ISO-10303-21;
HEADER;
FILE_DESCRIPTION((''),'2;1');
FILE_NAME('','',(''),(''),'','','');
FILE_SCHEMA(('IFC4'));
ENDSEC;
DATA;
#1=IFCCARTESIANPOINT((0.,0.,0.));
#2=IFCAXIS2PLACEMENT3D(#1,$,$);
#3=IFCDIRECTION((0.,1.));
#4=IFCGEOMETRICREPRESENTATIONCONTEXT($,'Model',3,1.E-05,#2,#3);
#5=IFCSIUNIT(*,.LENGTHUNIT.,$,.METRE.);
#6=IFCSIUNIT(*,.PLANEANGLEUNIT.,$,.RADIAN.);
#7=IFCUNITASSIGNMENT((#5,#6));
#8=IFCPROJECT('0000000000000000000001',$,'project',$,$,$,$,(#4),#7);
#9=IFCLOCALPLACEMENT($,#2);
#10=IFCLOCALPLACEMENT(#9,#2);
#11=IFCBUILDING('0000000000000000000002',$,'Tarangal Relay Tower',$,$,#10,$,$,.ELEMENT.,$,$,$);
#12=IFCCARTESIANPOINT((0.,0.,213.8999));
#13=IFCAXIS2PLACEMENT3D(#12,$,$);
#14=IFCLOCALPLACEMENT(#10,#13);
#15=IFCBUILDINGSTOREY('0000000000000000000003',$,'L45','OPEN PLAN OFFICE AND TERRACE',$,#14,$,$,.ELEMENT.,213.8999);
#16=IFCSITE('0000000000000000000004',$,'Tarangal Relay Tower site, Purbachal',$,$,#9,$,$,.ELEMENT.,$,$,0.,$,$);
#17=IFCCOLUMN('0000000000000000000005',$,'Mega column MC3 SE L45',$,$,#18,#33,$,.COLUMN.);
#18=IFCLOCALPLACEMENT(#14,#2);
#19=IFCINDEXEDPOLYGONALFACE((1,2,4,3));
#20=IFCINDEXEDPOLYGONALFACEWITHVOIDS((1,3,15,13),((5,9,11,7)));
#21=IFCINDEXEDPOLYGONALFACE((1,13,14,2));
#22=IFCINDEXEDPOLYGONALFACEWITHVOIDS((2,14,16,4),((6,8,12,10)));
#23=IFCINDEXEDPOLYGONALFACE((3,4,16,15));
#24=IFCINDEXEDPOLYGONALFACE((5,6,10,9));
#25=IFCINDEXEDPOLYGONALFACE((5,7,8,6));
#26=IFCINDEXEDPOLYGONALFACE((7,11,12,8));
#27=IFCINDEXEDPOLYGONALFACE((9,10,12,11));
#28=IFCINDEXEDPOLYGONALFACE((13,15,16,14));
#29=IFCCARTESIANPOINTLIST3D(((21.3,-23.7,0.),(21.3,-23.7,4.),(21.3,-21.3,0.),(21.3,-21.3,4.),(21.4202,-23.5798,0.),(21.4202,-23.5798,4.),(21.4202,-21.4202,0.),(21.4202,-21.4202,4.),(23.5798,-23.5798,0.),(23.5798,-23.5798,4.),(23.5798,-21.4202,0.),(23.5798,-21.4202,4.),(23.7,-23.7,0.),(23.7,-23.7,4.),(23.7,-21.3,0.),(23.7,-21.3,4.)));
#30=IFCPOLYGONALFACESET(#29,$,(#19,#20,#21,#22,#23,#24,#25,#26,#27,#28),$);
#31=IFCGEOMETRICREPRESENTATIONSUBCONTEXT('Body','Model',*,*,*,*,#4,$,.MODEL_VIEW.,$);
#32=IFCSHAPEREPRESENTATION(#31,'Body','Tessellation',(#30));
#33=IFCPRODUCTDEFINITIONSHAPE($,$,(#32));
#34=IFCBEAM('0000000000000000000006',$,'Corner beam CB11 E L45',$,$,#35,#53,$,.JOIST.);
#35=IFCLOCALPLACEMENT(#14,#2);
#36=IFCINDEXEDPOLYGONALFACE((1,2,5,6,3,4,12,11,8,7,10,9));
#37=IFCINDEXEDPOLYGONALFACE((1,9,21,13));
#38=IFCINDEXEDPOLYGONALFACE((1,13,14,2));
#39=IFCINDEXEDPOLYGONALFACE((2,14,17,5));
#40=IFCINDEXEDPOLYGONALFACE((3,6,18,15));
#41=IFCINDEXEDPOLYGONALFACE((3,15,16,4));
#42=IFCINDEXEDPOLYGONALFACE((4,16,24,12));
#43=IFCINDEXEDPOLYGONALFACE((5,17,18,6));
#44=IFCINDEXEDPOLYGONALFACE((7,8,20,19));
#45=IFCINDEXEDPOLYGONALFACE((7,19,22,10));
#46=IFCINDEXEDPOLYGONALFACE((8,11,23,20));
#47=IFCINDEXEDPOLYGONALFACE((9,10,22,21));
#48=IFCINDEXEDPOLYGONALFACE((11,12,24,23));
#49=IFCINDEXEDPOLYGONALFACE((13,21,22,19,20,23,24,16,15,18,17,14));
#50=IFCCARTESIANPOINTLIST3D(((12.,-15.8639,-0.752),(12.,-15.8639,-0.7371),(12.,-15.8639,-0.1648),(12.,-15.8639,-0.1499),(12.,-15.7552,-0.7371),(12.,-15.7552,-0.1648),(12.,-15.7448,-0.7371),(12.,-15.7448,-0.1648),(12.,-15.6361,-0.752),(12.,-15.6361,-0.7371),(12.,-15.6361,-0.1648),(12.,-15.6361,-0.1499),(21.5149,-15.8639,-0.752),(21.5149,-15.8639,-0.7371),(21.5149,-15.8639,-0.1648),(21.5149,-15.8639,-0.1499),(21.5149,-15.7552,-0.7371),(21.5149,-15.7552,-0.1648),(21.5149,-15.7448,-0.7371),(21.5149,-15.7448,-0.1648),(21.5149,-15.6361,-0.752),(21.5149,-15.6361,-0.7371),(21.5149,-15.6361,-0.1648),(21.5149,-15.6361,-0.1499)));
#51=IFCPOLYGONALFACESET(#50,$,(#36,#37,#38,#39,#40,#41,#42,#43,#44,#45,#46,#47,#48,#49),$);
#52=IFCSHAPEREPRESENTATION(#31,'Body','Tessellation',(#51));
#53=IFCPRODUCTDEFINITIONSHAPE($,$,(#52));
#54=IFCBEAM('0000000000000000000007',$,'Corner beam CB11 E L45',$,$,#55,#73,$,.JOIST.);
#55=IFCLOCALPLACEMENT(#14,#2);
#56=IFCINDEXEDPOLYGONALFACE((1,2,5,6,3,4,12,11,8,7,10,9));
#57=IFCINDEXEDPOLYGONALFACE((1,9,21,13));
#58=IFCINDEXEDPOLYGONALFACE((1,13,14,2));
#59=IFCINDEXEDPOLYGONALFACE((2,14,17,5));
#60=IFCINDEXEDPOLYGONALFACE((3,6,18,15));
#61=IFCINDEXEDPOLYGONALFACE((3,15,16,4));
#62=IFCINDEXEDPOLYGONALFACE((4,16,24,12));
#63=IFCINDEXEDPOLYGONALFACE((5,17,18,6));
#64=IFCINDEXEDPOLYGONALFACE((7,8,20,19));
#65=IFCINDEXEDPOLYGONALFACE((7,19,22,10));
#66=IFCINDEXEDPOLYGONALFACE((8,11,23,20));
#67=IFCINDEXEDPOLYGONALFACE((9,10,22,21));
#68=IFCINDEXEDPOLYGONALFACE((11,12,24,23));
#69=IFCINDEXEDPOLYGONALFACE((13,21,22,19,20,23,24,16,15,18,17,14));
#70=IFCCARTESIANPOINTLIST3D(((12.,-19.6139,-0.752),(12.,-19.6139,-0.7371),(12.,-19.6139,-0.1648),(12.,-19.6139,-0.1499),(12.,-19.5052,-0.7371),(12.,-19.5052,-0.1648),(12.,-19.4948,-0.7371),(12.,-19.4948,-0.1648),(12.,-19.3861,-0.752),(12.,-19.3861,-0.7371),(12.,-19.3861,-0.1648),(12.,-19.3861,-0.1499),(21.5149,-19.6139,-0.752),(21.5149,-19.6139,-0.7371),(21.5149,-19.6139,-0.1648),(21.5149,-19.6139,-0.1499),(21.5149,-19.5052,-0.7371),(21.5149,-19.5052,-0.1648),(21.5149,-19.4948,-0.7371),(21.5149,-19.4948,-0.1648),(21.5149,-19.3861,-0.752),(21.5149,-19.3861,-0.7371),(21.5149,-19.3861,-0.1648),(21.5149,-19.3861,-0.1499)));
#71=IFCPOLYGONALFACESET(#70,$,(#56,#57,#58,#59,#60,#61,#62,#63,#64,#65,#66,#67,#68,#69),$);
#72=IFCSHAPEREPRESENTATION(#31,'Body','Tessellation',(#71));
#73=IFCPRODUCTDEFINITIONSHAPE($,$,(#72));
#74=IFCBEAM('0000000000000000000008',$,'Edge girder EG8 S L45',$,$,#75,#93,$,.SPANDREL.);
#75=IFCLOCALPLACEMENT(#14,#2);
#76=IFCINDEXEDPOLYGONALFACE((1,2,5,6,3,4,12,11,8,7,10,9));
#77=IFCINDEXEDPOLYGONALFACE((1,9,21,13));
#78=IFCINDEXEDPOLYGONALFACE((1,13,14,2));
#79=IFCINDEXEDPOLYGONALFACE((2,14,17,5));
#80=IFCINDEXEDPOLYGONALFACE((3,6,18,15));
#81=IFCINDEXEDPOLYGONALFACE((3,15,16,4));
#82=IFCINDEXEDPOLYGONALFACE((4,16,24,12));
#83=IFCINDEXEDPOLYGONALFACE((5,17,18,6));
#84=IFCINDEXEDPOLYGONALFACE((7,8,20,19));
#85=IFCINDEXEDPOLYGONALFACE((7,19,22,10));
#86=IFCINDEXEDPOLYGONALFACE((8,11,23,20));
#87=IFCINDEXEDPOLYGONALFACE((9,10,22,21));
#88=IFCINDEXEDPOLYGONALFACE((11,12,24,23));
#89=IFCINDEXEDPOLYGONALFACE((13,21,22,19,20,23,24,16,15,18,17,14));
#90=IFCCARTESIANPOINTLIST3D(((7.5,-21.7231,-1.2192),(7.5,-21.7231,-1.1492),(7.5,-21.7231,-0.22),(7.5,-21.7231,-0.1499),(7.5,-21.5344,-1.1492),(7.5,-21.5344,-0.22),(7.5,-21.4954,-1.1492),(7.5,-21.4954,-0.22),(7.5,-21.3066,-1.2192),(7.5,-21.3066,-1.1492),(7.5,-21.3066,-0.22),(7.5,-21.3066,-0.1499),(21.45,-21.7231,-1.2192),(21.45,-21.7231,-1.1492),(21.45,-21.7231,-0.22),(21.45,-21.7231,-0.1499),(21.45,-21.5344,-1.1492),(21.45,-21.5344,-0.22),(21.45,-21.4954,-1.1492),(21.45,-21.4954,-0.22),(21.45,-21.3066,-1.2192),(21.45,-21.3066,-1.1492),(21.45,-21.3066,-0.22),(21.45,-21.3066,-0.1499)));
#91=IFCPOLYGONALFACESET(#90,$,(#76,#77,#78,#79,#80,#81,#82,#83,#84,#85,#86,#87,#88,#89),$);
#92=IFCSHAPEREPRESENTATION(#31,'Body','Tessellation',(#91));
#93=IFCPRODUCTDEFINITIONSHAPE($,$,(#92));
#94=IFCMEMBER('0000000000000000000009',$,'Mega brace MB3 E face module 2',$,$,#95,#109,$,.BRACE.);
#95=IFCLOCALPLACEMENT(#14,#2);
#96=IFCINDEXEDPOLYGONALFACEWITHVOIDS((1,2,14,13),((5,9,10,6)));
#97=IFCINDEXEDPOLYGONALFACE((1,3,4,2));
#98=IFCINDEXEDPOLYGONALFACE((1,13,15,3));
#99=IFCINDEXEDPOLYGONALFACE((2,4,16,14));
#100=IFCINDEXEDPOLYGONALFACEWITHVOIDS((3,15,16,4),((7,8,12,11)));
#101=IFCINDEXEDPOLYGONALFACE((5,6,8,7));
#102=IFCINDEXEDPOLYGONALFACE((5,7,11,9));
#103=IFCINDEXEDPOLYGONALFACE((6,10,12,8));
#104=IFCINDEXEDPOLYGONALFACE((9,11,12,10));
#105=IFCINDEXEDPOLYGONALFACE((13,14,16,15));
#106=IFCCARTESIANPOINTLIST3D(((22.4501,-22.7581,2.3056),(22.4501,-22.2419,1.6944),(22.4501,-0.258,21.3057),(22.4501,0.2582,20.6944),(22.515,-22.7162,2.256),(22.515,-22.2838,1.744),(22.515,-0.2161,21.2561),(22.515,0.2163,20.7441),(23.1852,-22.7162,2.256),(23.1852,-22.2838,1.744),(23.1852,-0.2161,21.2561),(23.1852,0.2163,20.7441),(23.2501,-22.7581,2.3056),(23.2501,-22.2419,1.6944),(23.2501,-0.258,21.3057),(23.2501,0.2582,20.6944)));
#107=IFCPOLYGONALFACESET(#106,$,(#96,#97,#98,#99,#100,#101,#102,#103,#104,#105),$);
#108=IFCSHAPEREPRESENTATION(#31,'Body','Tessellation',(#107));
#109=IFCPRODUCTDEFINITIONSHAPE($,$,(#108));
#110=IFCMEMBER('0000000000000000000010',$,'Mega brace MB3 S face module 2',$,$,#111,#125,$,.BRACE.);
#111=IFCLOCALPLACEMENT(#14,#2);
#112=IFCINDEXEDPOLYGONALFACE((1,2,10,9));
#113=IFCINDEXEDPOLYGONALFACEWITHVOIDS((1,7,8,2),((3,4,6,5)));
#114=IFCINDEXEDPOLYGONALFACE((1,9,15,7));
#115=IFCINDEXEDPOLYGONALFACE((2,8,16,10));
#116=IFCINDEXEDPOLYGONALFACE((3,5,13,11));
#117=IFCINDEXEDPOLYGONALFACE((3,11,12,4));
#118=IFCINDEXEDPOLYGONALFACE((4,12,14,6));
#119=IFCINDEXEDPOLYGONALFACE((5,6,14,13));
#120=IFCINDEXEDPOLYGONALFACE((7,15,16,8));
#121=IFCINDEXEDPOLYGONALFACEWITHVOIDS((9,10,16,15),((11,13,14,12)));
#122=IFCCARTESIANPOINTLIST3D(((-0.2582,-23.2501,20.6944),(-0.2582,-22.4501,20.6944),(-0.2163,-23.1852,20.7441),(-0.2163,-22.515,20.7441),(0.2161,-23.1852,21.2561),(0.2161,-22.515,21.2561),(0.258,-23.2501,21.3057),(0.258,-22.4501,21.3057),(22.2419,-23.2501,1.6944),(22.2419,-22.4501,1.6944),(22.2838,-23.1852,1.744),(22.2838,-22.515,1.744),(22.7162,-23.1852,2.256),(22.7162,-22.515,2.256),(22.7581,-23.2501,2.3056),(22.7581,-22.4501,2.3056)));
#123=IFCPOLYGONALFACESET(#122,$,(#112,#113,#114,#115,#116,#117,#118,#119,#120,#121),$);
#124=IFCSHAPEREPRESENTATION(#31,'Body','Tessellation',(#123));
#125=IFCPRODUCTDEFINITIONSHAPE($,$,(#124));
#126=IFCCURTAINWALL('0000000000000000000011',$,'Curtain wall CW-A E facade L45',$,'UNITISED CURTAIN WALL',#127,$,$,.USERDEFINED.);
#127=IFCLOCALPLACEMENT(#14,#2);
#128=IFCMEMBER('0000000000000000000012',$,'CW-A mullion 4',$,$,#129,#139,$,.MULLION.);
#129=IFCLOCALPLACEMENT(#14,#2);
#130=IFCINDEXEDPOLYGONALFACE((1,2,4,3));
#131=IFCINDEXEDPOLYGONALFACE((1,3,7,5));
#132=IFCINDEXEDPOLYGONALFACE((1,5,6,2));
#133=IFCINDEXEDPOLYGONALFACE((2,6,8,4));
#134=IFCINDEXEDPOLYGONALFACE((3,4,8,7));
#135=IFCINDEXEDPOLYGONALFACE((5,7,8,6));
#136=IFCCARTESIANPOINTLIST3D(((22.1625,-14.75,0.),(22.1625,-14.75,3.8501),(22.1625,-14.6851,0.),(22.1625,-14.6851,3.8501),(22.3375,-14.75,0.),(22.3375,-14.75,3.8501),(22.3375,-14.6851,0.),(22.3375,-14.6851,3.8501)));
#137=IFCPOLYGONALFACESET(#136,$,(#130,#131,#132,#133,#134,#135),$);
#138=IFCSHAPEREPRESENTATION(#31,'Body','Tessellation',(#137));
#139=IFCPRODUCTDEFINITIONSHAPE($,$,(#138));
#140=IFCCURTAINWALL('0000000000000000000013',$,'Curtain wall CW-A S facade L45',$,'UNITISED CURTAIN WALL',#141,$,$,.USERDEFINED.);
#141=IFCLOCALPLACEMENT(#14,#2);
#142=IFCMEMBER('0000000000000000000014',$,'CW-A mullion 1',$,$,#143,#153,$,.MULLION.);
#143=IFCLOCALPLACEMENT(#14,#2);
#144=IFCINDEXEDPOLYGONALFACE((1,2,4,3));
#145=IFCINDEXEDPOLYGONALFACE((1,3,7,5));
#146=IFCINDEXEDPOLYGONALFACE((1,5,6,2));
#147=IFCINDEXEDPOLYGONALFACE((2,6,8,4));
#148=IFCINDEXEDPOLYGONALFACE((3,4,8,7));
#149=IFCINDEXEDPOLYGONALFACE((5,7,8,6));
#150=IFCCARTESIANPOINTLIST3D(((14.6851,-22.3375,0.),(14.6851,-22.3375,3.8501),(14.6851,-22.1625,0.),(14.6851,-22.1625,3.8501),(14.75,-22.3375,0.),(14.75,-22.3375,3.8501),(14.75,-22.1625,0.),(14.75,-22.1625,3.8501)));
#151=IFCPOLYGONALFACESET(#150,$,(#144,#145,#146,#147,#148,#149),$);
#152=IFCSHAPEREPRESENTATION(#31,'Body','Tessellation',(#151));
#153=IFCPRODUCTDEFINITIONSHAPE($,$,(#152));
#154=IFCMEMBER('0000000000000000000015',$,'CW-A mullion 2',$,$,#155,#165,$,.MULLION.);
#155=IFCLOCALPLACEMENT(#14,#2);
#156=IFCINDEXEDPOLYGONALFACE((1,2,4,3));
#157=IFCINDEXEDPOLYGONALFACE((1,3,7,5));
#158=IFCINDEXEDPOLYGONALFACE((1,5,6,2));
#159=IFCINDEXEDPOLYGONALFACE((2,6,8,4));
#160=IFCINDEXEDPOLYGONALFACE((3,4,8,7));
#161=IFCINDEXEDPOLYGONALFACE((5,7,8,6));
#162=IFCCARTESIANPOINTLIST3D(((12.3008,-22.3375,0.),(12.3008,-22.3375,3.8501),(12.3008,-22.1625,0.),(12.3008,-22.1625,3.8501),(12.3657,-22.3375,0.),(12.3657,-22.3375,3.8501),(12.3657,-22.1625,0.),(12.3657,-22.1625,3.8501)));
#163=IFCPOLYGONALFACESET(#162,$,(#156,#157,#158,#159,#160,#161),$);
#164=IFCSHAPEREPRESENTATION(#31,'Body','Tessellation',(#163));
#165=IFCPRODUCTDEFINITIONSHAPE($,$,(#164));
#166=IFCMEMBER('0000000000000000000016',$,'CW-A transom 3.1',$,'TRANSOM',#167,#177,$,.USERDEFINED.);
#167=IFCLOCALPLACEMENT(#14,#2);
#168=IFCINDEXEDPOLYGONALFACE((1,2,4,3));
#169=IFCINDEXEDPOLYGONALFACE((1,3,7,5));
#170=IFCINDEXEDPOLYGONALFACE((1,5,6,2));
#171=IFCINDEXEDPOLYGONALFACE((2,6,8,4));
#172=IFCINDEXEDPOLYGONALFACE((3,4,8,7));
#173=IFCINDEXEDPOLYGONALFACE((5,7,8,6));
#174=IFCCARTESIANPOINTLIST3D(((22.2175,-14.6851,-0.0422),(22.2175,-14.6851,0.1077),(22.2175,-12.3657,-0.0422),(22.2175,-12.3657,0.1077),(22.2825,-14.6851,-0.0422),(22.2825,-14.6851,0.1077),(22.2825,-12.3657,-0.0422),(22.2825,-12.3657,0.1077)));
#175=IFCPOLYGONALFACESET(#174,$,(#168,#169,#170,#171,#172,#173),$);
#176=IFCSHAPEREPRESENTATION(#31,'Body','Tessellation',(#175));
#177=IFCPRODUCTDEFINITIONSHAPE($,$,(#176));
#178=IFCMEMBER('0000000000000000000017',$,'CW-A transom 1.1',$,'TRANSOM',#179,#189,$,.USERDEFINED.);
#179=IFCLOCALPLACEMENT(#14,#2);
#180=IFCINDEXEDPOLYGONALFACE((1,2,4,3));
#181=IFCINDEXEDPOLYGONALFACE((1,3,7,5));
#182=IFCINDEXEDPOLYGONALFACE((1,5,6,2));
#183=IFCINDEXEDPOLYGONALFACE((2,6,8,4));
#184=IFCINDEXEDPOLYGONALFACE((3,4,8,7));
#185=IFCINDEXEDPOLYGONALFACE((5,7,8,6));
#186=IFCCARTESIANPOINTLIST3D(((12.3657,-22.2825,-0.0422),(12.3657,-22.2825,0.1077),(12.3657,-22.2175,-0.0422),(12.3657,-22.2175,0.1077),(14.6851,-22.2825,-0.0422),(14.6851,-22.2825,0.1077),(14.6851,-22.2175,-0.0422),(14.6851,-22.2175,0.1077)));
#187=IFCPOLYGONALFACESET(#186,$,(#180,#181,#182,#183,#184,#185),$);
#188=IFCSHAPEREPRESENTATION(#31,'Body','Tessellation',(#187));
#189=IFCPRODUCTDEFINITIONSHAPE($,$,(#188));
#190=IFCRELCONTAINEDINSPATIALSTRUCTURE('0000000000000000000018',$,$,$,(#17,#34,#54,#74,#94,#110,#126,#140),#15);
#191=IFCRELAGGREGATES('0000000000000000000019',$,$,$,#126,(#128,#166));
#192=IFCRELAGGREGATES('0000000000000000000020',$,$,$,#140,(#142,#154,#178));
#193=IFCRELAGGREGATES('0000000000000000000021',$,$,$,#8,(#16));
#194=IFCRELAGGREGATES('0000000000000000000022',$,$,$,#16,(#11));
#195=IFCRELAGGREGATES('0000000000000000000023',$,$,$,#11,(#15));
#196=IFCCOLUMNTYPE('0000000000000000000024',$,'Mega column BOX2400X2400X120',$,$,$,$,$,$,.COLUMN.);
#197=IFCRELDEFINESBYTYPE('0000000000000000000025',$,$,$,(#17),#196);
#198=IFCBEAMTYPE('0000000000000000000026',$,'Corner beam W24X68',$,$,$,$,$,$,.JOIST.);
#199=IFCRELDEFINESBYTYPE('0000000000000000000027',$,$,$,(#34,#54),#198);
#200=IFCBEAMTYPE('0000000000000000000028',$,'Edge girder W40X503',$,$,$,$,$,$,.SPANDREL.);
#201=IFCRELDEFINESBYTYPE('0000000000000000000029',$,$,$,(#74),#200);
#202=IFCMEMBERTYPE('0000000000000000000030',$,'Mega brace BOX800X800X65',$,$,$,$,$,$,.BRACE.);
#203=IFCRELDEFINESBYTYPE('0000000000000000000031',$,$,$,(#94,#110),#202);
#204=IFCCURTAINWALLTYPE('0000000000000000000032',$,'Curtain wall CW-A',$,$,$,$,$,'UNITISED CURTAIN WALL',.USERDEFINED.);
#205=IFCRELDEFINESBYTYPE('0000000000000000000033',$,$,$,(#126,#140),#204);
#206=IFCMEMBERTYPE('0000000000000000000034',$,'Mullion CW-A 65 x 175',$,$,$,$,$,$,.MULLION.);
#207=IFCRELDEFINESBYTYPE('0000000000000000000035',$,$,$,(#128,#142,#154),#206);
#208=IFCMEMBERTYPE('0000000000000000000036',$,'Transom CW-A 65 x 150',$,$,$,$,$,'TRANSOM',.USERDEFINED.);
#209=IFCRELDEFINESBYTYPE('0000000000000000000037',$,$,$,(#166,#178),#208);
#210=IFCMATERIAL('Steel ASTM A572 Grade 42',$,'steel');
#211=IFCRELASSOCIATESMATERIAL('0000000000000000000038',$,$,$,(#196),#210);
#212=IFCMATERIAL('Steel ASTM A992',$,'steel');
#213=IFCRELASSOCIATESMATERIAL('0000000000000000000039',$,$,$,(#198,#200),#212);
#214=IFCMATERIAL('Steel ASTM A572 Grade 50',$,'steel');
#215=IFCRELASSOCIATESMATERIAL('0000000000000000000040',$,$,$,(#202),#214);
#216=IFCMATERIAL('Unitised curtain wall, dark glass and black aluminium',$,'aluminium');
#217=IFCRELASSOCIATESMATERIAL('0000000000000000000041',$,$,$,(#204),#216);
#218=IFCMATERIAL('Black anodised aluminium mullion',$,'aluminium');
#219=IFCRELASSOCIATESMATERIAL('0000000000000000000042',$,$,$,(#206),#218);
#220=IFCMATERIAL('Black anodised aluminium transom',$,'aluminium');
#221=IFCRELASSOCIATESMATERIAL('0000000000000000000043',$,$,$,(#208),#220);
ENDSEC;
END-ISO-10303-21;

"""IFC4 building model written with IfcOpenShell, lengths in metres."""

from ifc_helpers import new_model, si_unit, direction, frame, origin, origin_2d, place, context, subcontext, project, spatial, rectangle, hollow_rectangle, i_section, extrude, material, material_profile, profile_set, type_object, element, aggregate, save


model = new_model("IFC4")

# Units and contexts
model_context = context("Model", 3, precision=1e-05, world=origin(), true_north=direction((0.0, 1.0)))
body_context = subcontext(model_context, "Body", "Model", "MODEL_VIEW")
ifc_project = project(units=[si_unit("LENGTHUNIT", "METRE"), si_unit("PLANEANGLEUNIT", "RADIAN")], contexts=[model_context])

# Site, building, storey
site_placement = place(None, origin())
site = spatial("IfcSite", under=ifc_project, at=site_placement, Name="Tarangal Relay Tower site, Purbachal", CompositionType="ELEMENT", RefElevation=0.0)
building_placement = place(site_placement, origin())
building = spatial("IfcBuilding", under=site, at=building_placement, Name="Tarangal Relay Tower", CompositionType="ELEMENT")
storey_placement = place(building_placement, frame((0.0, 0.0, 213.8999)))
storey = spatial("IfcBuildingStorey", under=building, at=storey_placement, Name="L45", Description="OPEN PLAN OFFICE AND TERRACE", CompositionType="ELEMENT", Elevation=213.8999)

# Column
ifc_material_1 = material(Name="Steel ASTM A572 Grade 42", Category="steel")
ifc_material_profile_1 = material_profile(ifc_material_1, hollow_rectangle(XDim=2.3999, YDim=2.3999, WallThickness=0.1201, at=origin_2d()), Name="BOX2400X2400X120")
ifc_profile_set_1 = profile_set([ifc_material_profile_1], Name="Steel ASTM A572 Grade 42")
column_type = type_object("IfcColumnType", Name="Mega column BOX2400X2400X120", PredefinedType="COLUMN", material=ifc_profile_set_1)
column_placement = place(storey_placement, frame((22.5, -22.5, 0.0), z_axis=(0.0, 0.0, 1.0), x_axis=(1.0, 0.0, 0.0)))
element("IfcColumn", 1, at=column_placement, inside=storey, type_object=column_type, Name="Mega column MC3 SE L45", PredefinedType="COLUMN", context=body_context, shape_type="SweptSolid", body=[
    extrude(hollow_rectangle(XDim=2.3999, YDim=2.3999, WallThickness=0.1201, at=origin_2d()), origin(), (0.0, 0.0, 1.0), 4.0),
])

# Beams
ifc_material_2 = material(Name="Steel ASTM A992", Category="steel")
ifc_material_profile_2 = material_profile(ifc_material_2, i_section(OverallWidth=0.2278, OverallDepth=0.6021, WebThickness=0.0105, FlangeThickness=0.0149, at=origin_2d()), Name="W24X68")
ifc_profile_set_2 = profile_set([ifc_material_profile_2], Name="Steel ASTM A992")
beam_type_1 = type_object("IfcBeamType", Name="Corner beam W24X68", PredefinedType="JOIST", material=ifc_profile_set_2)
for number, where, z_axis, x_axis, name in (
    (2, (12.0, -15.75, -0.4509), (1.0, 0.0, 0.0), (0.0, 1.0, 0.0), "Corner beam CB11 E L45"),
    (3, (12.0, -19.5, -0.4509), (1.0, 0.0, 0.0), (0.0, 1.0, 0.0), "Corner beam CB11 E L45"),
):
    element("IfcBeam", number, at=place(storey_placement, frame(where, z_axis=z_axis, x_axis=x_axis)), inside=storey, type_object=beam_type_1, Name=name, PredefinedType="JOIST", context=body_context, shape_type="SweptSolid", body=[
        extrude(i_section(OverallWidth=0.2278, OverallDepth=0.6021, WebThickness=0.0105, FlangeThickness=0.0149, at=origin_2d()), origin(), (0.0, 0.0, 1.0), 9.5149),
    ])
ifc_material_profile_3 = material_profile(ifc_material_2, i_section(OverallWidth=0.4165, OverallDepth=1.0693, WebThickness=0.0391, FlangeThickness=0.0701, at=origin_2d()), Name="W40X503")
ifc_profile_set_3 = profile_set([ifc_material_profile_3], Name="Steel ASTM A992")
beam_type_2 = type_object("IfcBeamType", Name="Edge girder W40X503", PredefinedType="SPANDREL", material=ifc_profile_set_3)
beam_placement = place(storey_placement, frame((21.45, -21.5149, -0.6846), z_axis=(-1.0, 0.0, 0.0), x_axis=(0.0, -1.0, 0.0)))
element("IfcBeam", 4, at=beam_placement, inside=storey, type_object=beam_type_2, Name="Edge girder EG8 S L45", PredefinedType="SPANDREL", context=body_context, shape_type="SweptSolid", body=[
    extrude(i_section(OverallWidth=0.4165, OverallDepth=1.0693, WebThickness=0.0391, FlangeThickness=0.0701, at=origin_2d()), origin(), (0.0, 0.0, 1.0), 13.95),
])

# Members
ifc_material_3 = material(Name="Steel ASTM A572 Grade 50", Category="steel")
ifc_material_profile_4 = material_profile(ifc_material_3, hollow_rectangle(XDim=0.8, YDim=0.8, WallThickness=0.0649, at=origin_2d()), Name="BOX800X800X65")
ifc_profile_set_4 = profile_set([ifc_material_profile_4], Name="Steel ASTM A572 Grade 50")
member_type_1 = type_object("IfcMemberType", Name="Mega brace BOX800X800X65", PredefinedType="BRACE", material=ifc_profile_set_4)
for number, where, z_axis, x_axis, name in (
    (5, (22.8501, -22.5, 2.0), (0.0, 0.76403, 0.645181), (-1.0, 0.0, 0.0), "Mega brace MB3 E face module 2"),
    (6, (22.5, -22.8501, 2.0), (-0.76403, 0.0, 0.645181), (0.0, -1.0, 0.0), "Mega brace MB3 S face module 2"),
):
    element("IfcMember", number, at=place(storey_placement, frame(where, z_axis=z_axis, x_axis=x_axis)), inside=storey, type_object=member_type_1, Name=name, PredefinedType="BRACE", context=body_context, shape_type="SweptSolid", body=[
        extrude(hollow_rectangle(XDim=0.8, YDim=0.8, WallThickness=0.0649, at=origin_2d()), origin(), (0.0, 0.0, 1.0), 29.4492),
    ])

# Curtain wall, member
ifc_material_4 = material(Name="Unitised curtain wall, dark glass and black aluminium", Category="aluminium")
curtain_wall_type = type_object("IfcCurtainWallType", Name="Curtain wall CW-A", ElementType="UNITISED CURTAIN WALL", PredefinedType="USERDEFINED", material=ifc_material_4)
curtain_wall_1_placement = place(storey_placement, origin())
curtain_wall_1 = element("IfcCurtainWall", 7, at=curtain_wall_1_placement, inside=storey, type_object=curtain_wall_type, Name="Curtain wall CW-A E facade L45", ObjectType="UNITISED CURTAIN WALL", PredefinedType="USERDEFINED")
ifc_material_5 = material(Name="Black anodised aluminium mullion", Category="aluminium")
ifc_material_profile_5 = material_profile(ifc_material_5, rectangle(XDim=0.175, YDim=0.0649, at=origin_2d()), Name="CW-AM 65X175")
ifc_profile_set_5 = profile_set([ifc_material_profile_5], Name="Black anodised aluminium mullion")
member_type_2 = type_object("IfcMemberType", Name="Mullion CW-A 65 x 175", PredefinedType="MULLION", material=ifc_profile_set_5)
member_1_placement = place(storey_placement, frame((22.25, -14.7175, 0.0), z_axis=(0.0, 0.0, 1.0), x_axis=(1.0, 0.0, 0.0)))
member_1 = element("IfcMember", 8, at=member_1_placement, type_object=member_type_2, Name="CW-A mullion 4", PredefinedType="MULLION", context=body_context, shape_type="SweptSolid", body=[
    extrude(rectangle(XDim=0.175, YDim=0.0649, at=origin_2d()), origin(), (0.0, 0.0, 1.0), 3.8501),
])

# Curtain wall, members
curtain_wall_2_placement = place(storey_placement, origin())
curtain_wall_2 = element("IfcCurtainWall", 9, at=curtain_wall_2_placement, inside=storey, type_object=curtain_wall_type, Name="Curtain wall CW-A S facade L45", ObjectType="UNITISED CURTAIN WALL", PredefinedType="USERDEFINED")
member_2_placement = place(storey_placement, frame((14.7175, -22.25, 0.0), z_axis=(0.0, 0.0, 1.0), x_axis=(0.0, -1.0, 0.0)))
member_2 = element("IfcMember", 10, at=member_2_placement, type_object=member_type_2, Name="CW-A mullion 1", PredefinedType="MULLION", context=body_context, shape_type="SweptSolid", body=[
    extrude(rectangle(XDim=0.175, YDim=0.0649, at=origin_2d()), origin(), (0.0, 0.0, 1.0), 3.8501),
])
member_3_placement = place(storey_placement, frame((12.3333, -22.25, 0.0), z_axis=(0.0, 0.0, 1.0), x_axis=(0.0, -1.0, 0.0)))
member_3 = element("IfcMember", 11, at=member_3_placement, type_object=member_type_2, Name="CW-A mullion 2", PredefinedType="MULLION", context=body_context, shape_type="SweptSolid", body=[
    extrude(rectangle(XDim=0.175, YDim=0.0649, at=origin_2d()), origin(), (0.0, 0.0, 1.0), 3.8501),
])

# Members
ifc_material_6 = material(Name="Black anodised aluminium transom", Category="aluminium")
ifc_material_profile_6 = material_profile(ifc_material_6, rectangle(XDim=0.0649, YDim=0.1499, at=origin_2d()), Name="CW-AT 65X150")
ifc_profile_set_6 = profile_set([ifc_material_profile_6], Name="Black anodised aluminium transom")
member_type_3 = type_object("IfcMemberType", Name="Transom CW-A 65 x 150", ElementType="TRANSOM", PredefinedType="USERDEFINED", material=ifc_profile_set_6)
member_4_placement = place(storey_placement, frame((22.25, -12.3657, 0.0327), z_axis=(0.0, -1.0, 0.0), x_axis=(1.0, 0.0, 0.0)))
member_4 = element("IfcMember", 12, at=member_4_placement, type_object=member_type_3, Name="CW-A transom 3.1", ObjectType="TRANSOM", PredefinedType="USERDEFINED", context=body_context, shape_type="SweptSolid", body=[
    extrude(rectangle(XDim=0.0649, YDim=0.1499, at=origin_2d()), origin(), (0.0, 0.0, 1.0), 2.3193),
])
member_5_placement = place(storey_placement, frame((14.6851, -22.25, 0.0327), z_axis=(-1.0, 0.0, 0.0), x_axis=(0.0, -1.0, 0.0)))
member_5 = element("IfcMember", 13, at=member_5_placement, type_object=member_type_3, Name="CW-A transom 1.1", ObjectType="TRANSOM", PredefinedType="USERDEFINED", context=body_context, shape_type="SweptSolid", body=[
    extrude(rectangle(XDim=0.0649, YDim=0.1499, at=origin_2d()), origin(), (0.0, 0.0, 1.0), 2.3193),
])

aggregate(curtain_wall_1, [member_1, member_4])
aggregate(curtain_wall_2, [member_2, member_3, member_5])

save(model, "model.ifc")
